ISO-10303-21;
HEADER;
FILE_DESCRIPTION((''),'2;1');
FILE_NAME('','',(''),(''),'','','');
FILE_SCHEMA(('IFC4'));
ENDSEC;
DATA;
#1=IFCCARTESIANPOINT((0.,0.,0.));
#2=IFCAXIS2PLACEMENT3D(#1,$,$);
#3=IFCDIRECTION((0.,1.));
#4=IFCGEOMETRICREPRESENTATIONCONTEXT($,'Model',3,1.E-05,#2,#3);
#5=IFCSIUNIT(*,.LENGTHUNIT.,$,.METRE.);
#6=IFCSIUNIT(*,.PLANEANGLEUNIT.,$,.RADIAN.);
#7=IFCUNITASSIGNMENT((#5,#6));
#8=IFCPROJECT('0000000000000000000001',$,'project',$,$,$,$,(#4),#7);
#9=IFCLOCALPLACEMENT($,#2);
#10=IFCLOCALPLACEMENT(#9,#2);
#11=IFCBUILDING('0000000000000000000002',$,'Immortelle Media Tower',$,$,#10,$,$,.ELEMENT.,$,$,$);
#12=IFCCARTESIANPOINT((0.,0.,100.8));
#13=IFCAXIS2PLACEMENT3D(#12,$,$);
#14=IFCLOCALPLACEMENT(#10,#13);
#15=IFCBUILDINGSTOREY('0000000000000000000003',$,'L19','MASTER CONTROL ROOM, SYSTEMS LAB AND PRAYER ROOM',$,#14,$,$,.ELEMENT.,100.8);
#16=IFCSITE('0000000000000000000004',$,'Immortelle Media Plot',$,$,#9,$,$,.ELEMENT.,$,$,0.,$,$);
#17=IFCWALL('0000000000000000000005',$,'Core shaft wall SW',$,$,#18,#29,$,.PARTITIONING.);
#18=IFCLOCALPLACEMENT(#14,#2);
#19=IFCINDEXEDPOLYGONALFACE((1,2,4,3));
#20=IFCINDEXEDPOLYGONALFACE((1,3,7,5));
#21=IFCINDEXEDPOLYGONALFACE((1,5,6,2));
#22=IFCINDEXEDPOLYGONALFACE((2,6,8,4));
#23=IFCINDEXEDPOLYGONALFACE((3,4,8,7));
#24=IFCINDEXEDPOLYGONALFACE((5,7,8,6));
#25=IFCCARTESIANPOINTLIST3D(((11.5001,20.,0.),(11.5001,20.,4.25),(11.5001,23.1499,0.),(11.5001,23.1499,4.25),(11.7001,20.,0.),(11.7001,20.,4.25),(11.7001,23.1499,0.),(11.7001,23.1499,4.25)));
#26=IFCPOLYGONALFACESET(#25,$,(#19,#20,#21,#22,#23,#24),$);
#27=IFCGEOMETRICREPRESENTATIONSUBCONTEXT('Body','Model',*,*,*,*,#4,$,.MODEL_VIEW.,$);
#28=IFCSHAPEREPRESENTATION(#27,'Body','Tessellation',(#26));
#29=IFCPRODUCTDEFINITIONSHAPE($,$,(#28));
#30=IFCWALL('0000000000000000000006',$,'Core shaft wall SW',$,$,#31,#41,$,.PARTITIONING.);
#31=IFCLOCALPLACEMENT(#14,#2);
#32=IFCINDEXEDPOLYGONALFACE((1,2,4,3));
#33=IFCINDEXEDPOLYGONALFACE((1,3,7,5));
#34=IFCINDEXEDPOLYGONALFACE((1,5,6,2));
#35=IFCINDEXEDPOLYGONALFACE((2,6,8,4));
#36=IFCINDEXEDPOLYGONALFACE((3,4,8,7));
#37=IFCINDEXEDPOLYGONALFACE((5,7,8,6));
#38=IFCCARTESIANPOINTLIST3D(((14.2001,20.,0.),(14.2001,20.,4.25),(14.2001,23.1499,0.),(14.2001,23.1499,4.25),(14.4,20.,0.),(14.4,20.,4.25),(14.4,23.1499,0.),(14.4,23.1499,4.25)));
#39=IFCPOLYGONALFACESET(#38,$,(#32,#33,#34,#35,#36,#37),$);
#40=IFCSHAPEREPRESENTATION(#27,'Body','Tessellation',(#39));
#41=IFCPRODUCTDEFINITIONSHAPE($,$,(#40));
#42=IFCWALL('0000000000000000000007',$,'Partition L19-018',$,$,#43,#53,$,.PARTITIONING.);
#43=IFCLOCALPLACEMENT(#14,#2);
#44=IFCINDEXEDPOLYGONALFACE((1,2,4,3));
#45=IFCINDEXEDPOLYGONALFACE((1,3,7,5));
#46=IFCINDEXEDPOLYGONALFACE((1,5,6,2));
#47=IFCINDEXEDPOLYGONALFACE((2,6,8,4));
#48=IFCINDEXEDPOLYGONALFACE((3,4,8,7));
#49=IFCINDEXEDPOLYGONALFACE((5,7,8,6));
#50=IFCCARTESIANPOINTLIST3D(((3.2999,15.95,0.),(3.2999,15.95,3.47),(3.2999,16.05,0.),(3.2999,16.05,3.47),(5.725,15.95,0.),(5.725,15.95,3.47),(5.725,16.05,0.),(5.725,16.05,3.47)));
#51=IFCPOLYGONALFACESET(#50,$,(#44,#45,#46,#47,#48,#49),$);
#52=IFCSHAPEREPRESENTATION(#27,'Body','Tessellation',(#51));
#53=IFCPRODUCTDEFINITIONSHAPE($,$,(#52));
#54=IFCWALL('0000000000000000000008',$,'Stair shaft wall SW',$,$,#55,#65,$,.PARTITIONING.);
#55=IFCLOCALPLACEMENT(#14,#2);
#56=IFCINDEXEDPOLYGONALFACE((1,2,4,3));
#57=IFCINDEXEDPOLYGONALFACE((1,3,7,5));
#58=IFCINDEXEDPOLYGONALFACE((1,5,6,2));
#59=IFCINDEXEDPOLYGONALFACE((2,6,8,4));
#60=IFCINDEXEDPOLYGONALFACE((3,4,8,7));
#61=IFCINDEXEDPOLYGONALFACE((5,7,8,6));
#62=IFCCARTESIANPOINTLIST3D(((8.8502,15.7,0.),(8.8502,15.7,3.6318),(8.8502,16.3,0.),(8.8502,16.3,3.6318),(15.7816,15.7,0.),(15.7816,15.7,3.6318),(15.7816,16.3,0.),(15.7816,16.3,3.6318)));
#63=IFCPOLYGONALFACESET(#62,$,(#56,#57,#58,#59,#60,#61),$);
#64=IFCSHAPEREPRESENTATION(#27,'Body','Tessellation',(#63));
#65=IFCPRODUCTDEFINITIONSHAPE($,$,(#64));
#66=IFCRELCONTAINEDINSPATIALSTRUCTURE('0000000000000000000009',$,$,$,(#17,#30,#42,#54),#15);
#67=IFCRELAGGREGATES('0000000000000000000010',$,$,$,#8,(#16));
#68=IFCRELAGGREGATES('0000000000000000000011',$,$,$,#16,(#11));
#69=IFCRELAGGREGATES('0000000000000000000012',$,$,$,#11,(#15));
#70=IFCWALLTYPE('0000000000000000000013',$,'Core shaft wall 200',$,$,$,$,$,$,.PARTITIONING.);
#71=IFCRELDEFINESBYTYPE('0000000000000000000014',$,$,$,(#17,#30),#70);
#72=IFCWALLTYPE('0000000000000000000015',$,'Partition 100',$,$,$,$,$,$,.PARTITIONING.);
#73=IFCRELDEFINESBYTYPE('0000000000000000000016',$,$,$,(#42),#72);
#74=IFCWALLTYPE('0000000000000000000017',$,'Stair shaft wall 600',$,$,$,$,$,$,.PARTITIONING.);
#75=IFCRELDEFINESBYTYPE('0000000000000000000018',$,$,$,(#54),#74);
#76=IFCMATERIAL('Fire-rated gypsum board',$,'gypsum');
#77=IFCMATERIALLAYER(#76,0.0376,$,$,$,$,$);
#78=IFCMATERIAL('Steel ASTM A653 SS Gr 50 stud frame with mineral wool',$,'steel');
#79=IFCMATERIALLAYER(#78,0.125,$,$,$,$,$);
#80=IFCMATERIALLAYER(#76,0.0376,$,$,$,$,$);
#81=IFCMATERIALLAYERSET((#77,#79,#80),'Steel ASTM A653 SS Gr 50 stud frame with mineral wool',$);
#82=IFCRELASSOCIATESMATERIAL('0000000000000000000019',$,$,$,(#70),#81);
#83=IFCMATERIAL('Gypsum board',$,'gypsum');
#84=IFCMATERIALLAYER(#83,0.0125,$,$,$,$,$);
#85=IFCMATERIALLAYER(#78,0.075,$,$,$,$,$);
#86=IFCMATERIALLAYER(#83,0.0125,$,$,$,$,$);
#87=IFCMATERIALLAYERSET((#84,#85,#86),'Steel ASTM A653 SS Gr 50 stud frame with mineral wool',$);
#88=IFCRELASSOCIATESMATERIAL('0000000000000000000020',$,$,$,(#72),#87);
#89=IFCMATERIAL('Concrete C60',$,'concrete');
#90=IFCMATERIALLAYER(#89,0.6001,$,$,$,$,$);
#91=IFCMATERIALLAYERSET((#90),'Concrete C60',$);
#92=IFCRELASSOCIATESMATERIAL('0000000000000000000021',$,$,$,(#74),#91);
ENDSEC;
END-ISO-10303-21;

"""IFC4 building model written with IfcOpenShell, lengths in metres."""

from ifc_helpers import new_model, si_unit, direction, frame, frame_2d, origin, place, context, subcontext, project, spatial, rectangle, extrude, material, layer, layer_set, type_object, element, save


model = new_model("IFC4")

# Units and contexts
model_context = context("Model", 3, precision=1e-05, world=origin(), true_north=direction((0.0, 1.0)))
body_context = subcontext(model_context, "Body", "Model", "MODEL_VIEW")
ifc_project = project(units=[si_unit("LENGTHUNIT", "METRE"), si_unit("PLANEANGLEUNIT", "RADIAN")], contexts=[model_context])

# Site, building, storey
site_placement = place(None, origin())
site = spatial("IfcSite", under=ifc_project, at=site_placement, Name="Immortelle Media Plot", CompositionType="ELEMENT", RefElevation=0.0)
building_placement = place(site_placement, origin())
building = spatial("IfcBuilding", under=site, at=building_placement, Name="Immortelle Media Tower", CompositionType="ELEMENT")
storey_placement = place(building_placement, frame((0.0, 0.0, 100.8)))
storey = spatial("IfcBuildingStorey", under=building, at=storey_placement, Name="L19", Description="MASTER CONTROL ROOM, SYSTEMS LAB AND PRAYER ROOM", CompositionType="ELEMENT", Elevation=100.8)

# Shared definitions
ifc_material_1 = material(Name="Fire-rated gypsum board", Category="gypsum")
ifc_material_2 = material(Name="Steel ASTM A653 SS Gr 50 stud frame with mineral wool", Category="steel")
ifc_layer_1 = layer(ifc_material_1, 0.0376)
ifc_layer_2 = layer(ifc_material_2, 0.125)
ifc_layer_3 = layer(ifc_material_1, 0.0376)
ifc_layer_set_1 = layer_set([ifc_layer_1, ifc_layer_2, ifc_layer_3], Name="Steel ASTM A653 SS Gr 50 stud frame with mineral wool")
wall_type_1 = type_object("IfcWallType", Name="Core shaft wall 200", PredefinedType="PARTITIONING", material=ifc_layer_set_1)

# Walls
for number, where, z_axis, x_axis, name in (
    (1, (11.6001, 20.0, 0.0), (0.0, 0.0, 1.0), (0.0, 1.0, 0.0), "Core shaft wall SW"),
    (2, (14.3, 20.0, 0.0), (0.0, 0.0, 1.0), (0.0, 1.0, 0.0), "Core shaft wall SW"),
):
    element("IfcWall", number, at=place(storey_placement, frame(where, z_axis=z_axis, x_axis=x_axis)), inside=storey, type_object=wall_type_1, Name=name, PredefinedType="PARTITIONING", context=body_context, shape_type="SweptSolid", body=[
        extrude(rectangle(XDim=3.1499, YDim=0.2, at=frame_2d((1.575, 0.0))), origin(), (0.0, 0.0, 1.0), 4.25),
    ])
ifc_material_3 = material(Name="Gypsum board", Category="gypsum")
ifc_layer_4 = layer(ifc_material_3, 0.0125)
ifc_layer_5 = layer(ifc_material_2, 0.075)
ifc_layer_6 = layer(ifc_material_3, 0.0125)
ifc_layer_set_2 = layer_set([ifc_layer_4, ifc_layer_5, ifc_layer_6], Name="Steel ASTM A653 SS Gr 50 stud frame with mineral wool")
wall_type_2 = type_object("IfcWallType", Name="Partition 100", PredefinedType="PARTITIONING", material=ifc_layer_set_2)
wall_1_placement = place(storey_placement, frame((3.3, 16.0, 0.0), z_axis=(0.0, 0.0, 1.0), x_axis=(1.0, 0.0, 0.0)))
element("IfcWall", 3, at=wall_1_placement, inside=storey, type_object=wall_type_2, Name="Partition L19-018", PredefinedType="PARTITIONING", context=body_context, shape_type="SweptSolid", body=[
    extrude(rectangle(XDim=2.425, YDim=0.1001, at=frame_2d((1.2124, 0.0))), origin(), (0.0, 0.0, 1.0), 3.47),
])
ifc_material_4 = material(Name="Concrete C60", Category="concrete")
ifc_layer_7 = layer(ifc_material_4, 0.6001)
ifc_layer_set_3 = layer_set([ifc_layer_7], Name="Concrete C60")
wall_type_3 = type_object("IfcWallType", Name="Stair shaft wall 600", PredefinedType="PARTITIONING", material=ifc_layer_set_3)
wall_2_placement = place(storey_placement, frame((8.8501, 16.0, 0.0), z_axis=(0.0, 0.0, 1.0), x_axis=(1.0, 0.0, 0.0)))
element("IfcWall", 4, at=wall_2_placement, inside=storey, type_object=wall_type_3, Name="Stair shaft wall SW", PredefinedType="PARTITIONING", context=body_context, shape_type="SweptSolid", body=[
    extrude(rectangle(XDim=6.9314, YDim=0.6001, at=frame_2d((3.4658, 0.0))), origin(), (0.0, 0.0, 1.0), 3.6318),
])

save(model, "model.ifc")
